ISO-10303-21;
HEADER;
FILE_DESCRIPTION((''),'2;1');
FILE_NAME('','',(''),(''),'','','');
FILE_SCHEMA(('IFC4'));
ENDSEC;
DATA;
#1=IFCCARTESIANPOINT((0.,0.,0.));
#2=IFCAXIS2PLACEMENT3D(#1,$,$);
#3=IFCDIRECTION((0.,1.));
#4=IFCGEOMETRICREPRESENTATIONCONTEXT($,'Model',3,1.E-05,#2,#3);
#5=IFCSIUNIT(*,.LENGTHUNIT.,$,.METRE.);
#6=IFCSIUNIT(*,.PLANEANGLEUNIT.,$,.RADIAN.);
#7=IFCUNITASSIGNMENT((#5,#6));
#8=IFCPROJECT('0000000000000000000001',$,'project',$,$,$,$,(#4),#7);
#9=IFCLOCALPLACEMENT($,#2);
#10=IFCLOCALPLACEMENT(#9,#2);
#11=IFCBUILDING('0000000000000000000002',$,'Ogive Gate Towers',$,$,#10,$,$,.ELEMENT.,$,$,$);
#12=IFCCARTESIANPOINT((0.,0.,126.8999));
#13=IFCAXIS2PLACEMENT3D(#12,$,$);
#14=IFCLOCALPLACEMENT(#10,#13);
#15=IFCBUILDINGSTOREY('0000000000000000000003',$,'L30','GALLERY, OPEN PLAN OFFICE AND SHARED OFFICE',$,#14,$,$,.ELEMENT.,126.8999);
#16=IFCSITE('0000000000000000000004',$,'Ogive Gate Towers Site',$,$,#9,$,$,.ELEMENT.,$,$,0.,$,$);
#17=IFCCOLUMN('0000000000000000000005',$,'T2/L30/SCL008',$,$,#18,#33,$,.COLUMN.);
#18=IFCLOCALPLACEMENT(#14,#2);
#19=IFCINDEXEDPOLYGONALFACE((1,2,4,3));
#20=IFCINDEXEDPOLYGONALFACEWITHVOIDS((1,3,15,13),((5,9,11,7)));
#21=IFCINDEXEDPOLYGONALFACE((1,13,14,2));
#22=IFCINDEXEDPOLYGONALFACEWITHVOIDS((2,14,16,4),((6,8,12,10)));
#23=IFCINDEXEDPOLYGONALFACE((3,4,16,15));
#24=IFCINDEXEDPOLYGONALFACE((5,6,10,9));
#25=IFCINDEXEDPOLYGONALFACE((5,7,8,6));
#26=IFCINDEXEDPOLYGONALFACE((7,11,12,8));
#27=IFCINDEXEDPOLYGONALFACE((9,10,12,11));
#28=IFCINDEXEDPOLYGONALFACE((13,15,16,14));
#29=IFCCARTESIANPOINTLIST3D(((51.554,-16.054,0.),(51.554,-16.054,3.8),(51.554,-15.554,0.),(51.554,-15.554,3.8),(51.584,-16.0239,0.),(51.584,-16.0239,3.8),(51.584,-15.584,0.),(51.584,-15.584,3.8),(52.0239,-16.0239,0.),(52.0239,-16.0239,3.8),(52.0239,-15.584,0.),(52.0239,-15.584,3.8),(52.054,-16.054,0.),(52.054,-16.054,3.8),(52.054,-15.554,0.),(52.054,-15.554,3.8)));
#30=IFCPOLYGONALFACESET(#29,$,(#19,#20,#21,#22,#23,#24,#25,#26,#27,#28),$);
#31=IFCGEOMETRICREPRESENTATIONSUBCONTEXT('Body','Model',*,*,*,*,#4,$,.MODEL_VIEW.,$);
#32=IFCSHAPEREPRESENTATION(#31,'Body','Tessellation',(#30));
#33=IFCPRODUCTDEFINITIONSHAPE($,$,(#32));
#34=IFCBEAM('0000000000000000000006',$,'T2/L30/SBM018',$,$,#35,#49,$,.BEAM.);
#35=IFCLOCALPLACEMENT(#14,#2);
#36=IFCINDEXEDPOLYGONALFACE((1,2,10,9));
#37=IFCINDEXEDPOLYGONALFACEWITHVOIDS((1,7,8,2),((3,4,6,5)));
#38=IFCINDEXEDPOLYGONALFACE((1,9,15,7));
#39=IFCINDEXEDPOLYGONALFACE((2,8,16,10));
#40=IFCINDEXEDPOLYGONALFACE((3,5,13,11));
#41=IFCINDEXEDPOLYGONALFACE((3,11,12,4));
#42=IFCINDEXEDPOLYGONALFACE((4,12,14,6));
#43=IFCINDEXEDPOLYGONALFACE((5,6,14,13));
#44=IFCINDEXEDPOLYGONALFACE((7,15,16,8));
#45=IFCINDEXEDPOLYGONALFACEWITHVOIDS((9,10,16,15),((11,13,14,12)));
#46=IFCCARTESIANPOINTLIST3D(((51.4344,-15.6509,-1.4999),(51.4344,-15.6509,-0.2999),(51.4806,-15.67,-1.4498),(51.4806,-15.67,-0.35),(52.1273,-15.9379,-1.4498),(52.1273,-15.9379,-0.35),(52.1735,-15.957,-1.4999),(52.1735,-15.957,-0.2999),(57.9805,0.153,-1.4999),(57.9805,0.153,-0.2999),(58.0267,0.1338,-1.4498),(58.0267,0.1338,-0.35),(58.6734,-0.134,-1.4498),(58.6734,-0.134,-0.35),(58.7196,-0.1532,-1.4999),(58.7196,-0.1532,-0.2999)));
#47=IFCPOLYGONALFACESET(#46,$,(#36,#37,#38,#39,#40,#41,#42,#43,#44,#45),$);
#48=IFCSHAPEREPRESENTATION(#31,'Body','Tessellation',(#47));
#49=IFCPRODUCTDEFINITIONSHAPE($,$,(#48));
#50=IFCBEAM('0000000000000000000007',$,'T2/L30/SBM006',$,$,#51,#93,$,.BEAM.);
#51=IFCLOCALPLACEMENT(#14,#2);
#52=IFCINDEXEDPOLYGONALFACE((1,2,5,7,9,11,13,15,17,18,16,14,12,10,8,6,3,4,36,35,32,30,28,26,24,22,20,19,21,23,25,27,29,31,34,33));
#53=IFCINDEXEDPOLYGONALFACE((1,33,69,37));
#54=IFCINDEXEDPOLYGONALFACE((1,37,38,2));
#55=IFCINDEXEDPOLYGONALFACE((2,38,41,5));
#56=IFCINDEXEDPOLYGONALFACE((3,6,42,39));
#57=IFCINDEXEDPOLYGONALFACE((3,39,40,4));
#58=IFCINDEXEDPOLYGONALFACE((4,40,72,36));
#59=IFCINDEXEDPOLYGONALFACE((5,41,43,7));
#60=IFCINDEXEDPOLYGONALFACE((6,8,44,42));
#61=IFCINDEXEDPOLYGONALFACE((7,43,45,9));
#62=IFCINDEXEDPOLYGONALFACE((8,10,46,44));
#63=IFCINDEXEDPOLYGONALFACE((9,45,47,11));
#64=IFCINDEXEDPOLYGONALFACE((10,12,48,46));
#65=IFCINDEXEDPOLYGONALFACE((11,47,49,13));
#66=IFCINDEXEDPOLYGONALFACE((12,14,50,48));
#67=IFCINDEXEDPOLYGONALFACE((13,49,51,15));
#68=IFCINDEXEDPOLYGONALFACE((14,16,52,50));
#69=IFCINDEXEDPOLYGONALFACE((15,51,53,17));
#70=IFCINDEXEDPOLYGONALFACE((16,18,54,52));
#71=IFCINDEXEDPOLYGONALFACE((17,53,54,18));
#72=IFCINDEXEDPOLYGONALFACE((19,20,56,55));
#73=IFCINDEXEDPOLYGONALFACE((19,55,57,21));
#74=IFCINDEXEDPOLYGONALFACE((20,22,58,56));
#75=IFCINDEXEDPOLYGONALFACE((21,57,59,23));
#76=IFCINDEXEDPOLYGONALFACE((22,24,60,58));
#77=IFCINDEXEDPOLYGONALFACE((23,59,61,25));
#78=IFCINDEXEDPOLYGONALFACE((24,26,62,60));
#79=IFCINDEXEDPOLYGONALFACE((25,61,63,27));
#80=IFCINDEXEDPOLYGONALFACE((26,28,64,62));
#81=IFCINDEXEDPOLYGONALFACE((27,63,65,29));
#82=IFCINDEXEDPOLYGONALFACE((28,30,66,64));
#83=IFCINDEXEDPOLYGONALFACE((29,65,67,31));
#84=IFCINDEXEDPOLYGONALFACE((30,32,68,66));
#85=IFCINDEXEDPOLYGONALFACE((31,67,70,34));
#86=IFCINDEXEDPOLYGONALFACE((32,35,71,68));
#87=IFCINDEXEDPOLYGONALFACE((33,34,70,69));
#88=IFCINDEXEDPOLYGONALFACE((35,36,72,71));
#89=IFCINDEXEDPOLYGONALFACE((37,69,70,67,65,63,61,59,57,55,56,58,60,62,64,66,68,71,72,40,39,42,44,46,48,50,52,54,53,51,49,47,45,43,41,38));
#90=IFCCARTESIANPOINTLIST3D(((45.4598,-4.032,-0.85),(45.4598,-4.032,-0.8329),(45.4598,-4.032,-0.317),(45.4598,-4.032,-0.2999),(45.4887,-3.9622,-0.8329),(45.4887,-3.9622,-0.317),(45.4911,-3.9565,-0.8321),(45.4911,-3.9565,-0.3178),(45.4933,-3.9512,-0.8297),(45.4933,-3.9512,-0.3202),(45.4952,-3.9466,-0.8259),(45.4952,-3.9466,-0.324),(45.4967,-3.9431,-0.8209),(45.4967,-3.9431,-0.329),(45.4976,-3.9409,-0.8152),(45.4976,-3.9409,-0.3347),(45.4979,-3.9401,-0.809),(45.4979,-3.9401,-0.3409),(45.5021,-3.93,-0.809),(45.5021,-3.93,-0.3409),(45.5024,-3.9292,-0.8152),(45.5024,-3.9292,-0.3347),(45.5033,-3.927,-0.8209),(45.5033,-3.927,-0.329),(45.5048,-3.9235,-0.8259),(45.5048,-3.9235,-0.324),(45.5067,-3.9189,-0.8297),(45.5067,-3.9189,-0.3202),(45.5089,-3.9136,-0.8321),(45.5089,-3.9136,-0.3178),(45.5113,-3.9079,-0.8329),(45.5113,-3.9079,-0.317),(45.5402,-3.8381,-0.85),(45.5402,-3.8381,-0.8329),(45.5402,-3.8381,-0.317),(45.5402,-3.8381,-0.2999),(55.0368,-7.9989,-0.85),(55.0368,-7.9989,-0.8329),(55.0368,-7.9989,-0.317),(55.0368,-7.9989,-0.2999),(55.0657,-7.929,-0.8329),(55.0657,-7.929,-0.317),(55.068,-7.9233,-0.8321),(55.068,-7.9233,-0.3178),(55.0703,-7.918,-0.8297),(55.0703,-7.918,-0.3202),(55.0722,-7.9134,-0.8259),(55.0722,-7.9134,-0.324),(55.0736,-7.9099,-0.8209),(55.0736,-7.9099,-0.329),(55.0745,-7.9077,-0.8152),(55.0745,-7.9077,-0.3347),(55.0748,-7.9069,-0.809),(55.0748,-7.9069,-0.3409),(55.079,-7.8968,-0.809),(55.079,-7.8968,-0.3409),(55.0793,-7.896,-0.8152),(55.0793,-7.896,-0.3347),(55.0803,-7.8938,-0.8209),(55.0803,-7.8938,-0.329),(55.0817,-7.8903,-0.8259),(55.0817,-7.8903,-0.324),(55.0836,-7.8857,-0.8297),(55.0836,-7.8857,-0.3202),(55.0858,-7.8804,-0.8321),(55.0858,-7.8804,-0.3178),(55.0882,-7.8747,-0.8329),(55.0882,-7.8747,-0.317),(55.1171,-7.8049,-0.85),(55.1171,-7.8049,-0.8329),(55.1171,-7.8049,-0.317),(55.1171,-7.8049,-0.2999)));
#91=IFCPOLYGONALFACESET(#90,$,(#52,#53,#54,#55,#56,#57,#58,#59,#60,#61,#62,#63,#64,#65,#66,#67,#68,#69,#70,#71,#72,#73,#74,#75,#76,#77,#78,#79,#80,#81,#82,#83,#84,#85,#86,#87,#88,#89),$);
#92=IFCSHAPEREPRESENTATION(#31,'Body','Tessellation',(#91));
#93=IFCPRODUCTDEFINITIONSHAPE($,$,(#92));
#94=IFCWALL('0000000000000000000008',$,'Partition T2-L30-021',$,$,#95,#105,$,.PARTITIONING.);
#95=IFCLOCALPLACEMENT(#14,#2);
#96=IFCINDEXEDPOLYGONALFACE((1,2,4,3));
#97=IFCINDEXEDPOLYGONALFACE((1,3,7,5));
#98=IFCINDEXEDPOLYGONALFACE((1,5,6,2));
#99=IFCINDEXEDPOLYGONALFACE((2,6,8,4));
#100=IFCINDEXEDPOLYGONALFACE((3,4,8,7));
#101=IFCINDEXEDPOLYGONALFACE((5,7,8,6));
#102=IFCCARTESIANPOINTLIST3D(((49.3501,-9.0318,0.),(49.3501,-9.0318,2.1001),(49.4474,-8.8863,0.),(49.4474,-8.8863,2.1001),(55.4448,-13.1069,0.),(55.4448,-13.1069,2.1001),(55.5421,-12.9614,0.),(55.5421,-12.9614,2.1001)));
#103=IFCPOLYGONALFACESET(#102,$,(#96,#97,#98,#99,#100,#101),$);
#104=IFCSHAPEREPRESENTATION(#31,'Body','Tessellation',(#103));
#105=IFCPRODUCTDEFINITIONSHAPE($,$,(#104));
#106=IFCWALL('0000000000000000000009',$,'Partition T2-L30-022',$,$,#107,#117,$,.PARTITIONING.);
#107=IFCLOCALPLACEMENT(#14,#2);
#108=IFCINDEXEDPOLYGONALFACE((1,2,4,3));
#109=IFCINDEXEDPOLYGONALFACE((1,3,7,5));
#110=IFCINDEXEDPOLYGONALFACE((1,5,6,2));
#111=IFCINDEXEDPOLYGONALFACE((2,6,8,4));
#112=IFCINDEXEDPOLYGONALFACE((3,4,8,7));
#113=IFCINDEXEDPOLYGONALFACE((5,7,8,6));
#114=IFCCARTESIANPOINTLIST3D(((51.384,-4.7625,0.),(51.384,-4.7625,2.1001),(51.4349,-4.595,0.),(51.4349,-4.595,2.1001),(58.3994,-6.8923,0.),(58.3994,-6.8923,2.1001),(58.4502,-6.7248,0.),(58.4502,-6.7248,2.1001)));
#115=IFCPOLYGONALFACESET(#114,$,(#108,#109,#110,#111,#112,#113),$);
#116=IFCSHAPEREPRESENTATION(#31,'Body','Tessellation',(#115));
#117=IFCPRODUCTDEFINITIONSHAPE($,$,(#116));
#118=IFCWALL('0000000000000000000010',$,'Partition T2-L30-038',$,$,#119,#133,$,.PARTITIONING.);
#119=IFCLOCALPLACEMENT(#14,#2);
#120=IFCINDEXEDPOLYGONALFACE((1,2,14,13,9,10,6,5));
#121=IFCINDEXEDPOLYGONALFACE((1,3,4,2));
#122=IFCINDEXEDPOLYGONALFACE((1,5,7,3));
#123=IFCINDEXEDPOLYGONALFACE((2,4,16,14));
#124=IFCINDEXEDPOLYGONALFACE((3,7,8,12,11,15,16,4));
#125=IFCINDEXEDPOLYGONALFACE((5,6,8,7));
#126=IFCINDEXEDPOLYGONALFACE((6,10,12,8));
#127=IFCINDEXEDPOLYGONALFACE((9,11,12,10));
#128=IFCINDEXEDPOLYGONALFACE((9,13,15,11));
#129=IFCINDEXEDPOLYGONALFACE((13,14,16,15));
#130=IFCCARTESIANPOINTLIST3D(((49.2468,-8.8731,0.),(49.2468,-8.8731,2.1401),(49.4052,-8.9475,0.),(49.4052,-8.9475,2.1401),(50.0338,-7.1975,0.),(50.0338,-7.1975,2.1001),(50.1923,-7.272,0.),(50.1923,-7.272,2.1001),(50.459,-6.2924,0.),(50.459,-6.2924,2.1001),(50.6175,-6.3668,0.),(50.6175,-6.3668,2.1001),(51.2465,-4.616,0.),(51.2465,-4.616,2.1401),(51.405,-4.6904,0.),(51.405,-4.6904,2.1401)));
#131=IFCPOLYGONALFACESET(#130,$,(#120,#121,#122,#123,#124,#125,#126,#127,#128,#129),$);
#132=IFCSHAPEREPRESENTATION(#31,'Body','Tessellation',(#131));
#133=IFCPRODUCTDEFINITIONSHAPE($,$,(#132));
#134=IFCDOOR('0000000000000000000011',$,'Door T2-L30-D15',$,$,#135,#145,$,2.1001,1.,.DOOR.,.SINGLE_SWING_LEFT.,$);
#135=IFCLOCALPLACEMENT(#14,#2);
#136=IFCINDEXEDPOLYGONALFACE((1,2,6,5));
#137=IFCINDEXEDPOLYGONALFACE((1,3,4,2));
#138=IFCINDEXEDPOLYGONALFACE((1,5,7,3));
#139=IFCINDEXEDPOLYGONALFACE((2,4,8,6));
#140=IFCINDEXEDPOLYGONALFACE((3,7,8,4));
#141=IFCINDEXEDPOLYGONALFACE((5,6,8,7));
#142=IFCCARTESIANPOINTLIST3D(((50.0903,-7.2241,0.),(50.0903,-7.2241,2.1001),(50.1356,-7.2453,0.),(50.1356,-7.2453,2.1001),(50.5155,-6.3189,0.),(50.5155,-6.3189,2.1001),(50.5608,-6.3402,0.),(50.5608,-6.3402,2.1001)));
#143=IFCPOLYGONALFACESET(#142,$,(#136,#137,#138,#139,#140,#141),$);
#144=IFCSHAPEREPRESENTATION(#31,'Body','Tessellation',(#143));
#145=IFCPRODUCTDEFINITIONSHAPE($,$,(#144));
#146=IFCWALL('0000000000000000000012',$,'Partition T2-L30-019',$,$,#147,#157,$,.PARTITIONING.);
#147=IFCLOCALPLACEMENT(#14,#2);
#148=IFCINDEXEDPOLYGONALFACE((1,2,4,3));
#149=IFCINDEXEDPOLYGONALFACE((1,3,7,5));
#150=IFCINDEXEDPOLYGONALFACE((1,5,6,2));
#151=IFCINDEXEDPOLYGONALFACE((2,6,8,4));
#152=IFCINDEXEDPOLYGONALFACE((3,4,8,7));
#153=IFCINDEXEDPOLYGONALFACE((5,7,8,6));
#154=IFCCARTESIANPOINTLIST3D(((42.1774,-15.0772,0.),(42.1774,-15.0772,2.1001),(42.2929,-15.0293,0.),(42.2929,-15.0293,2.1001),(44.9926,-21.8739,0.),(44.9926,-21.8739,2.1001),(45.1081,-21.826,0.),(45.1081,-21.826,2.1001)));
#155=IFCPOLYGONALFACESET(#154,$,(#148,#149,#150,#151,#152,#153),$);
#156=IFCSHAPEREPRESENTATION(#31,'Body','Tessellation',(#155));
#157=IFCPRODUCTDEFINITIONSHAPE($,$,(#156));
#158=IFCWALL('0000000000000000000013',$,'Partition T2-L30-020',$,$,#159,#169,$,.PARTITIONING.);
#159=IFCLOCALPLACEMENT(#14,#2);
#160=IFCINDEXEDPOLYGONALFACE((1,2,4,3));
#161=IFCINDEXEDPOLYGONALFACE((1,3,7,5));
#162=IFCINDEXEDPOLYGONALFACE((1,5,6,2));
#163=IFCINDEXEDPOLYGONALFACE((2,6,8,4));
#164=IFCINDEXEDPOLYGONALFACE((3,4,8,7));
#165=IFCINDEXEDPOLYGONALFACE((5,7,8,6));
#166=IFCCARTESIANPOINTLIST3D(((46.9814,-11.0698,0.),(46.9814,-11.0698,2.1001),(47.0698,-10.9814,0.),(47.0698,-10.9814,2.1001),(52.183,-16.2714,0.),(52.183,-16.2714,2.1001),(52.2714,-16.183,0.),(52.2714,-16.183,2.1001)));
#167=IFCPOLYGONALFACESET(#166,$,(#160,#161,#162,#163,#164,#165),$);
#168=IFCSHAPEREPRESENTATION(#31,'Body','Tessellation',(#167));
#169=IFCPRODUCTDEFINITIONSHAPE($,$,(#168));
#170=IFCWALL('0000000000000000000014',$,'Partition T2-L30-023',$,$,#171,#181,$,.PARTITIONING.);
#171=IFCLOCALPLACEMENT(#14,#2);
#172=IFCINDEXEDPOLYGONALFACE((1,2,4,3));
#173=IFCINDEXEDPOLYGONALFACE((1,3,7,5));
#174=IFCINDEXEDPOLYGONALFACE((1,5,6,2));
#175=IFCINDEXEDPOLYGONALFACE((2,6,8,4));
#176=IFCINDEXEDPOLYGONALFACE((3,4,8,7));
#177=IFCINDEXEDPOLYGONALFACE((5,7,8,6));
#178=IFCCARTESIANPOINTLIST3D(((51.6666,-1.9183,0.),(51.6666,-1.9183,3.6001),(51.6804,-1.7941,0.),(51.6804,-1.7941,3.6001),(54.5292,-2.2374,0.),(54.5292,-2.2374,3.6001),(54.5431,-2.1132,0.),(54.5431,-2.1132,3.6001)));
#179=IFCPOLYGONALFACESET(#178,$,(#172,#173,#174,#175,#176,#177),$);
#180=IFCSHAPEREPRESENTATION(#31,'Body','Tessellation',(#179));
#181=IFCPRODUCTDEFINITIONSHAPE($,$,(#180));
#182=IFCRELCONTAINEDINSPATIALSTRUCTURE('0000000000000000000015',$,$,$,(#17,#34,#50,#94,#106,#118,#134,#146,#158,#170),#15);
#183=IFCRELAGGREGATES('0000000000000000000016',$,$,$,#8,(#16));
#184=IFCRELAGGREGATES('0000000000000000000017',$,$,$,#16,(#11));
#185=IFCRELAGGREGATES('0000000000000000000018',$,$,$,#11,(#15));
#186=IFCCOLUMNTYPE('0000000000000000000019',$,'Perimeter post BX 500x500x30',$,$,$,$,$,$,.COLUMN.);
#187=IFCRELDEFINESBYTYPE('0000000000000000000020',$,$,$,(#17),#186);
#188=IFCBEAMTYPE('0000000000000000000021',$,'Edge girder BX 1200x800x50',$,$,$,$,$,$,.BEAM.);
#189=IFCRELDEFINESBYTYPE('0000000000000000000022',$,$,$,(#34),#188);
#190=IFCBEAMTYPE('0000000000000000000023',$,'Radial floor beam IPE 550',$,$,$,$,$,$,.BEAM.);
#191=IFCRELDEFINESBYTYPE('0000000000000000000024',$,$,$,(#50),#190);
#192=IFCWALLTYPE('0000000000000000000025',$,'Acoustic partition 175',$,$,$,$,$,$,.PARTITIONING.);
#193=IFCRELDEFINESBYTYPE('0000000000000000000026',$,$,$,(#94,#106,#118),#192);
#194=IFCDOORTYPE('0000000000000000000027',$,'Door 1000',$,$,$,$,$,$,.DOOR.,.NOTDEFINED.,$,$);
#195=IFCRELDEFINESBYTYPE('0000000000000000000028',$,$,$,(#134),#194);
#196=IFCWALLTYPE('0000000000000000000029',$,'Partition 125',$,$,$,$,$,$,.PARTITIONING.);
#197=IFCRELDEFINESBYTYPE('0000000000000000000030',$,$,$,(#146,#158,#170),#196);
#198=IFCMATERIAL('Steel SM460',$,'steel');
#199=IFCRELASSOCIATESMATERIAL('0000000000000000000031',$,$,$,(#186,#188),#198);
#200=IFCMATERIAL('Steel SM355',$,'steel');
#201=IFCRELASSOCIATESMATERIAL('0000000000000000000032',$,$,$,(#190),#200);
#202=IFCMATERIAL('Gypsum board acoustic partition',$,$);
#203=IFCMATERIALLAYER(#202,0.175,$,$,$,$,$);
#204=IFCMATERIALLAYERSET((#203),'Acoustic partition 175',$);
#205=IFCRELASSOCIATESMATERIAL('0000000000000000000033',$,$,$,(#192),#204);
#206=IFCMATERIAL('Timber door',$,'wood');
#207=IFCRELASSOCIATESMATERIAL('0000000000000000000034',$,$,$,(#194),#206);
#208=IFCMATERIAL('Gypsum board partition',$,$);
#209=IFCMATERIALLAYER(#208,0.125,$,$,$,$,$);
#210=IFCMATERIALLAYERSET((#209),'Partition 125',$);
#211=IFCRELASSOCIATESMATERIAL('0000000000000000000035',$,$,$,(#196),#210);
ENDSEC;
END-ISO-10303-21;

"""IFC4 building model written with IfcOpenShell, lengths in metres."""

from ifc_helpers import new_model, si_unit, direction, frame, frame_2d, origin, origin_2d, place, context, subcontext, project, spatial, rectangle, hollow_rectangle, i_section, extrude, material, layer, layer_set, material_profile, profile_set, type_object, element, fill, save


model = new_model("IFC4")

# Units and contexts
model_context = context("Model", 3, precision=1e-05, world=origin(), true_north=direction((0.0, 1.0)))
body_context = subcontext(model_context, "Body", "Model", "MODEL_VIEW")
ifc_project = project(units=[si_unit("LENGTHUNIT", "METRE"), si_unit("PLANEANGLEUNIT", "RADIAN")], contexts=[model_context])

# Site, building, storey
site_placement = place(None, origin())
site = spatial("IfcSite", under=ifc_project, at=site_placement, Name="Ogive Gate Towers Site", CompositionType="ELEMENT", RefElevation=0.0)
building_placement = place(site_placement, origin())
building = spatial("IfcBuilding", under=site, at=building_placement, Name="Ogive Gate Towers", CompositionType="ELEMENT")
storey_placement = place(building_placement, frame((0.0, 0.0, 126.8999)))
storey = spatial("IfcBuildingStorey", under=building, at=storey_placement, Name="L30", Description="GALLERY, OPEN PLAN OFFICE AND SHARED OFFICE", CompositionType="ELEMENT", Elevation=126.8999)

# Column
ifc_material_1 = material(Name="Steel SM460", Category="steel")
ifc_material_profile_1 = material_profile(ifc_material_1, hollow_rectangle(XDim=0.5, YDim=0.5, WallThickness=0.03, at=origin_2d()), Name="BX 500x500x30")
ifc_profile_set_1 = profile_set([ifc_material_profile_1], Name="Steel SM460")
column_type = type_object("IfcColumnType", Name="Perimeter post BX 500x500x30", PredefinedType="COLUMN", material=ifc_profile_set_1)
column_placement = place(storey_placement, frame((51.804, -15.804, 0.0), z_axis=(0.0, 0.0, 1.0), x_axis=(1.0, 0.0, 0.0)))
element("IfcColumn", 1, at=column_placement, inside=storey, type_object=column_type, Name="T2/L30/SCL008", PredefinedType="COLUMN", context=body_context, shape_type="SweptSolid", body=[
    extrude(hollow_rectangle(XDim=0.5, YDim=0.5, WallThickness=0.03, at=origin_2d()), origin(), (0.0, 0.0, 1.0), 3.8),
])

# Beams
ifc_material_profile_2 = material_profile(ifc_material_1, hollow_rectangle(XDim=0.8, YDim=1.2, WallThickness=0.05, at=origin_2d()), Name="BX 1200x800x50")
ifc_profile_set_2 = profile_set([ifc_material_profile_2], Name="Steel SM460")
beam_type_1 = type_object("IfcBeamType", Name="Edge girder BX 1200x800x50", PredefinedType="BEAM", material=ifc_profile_set_2)
beam_1_placement = place(storey_placement, frame((51.804, -15.804, -0.8999), z_axis=(0.38268, 0.923881, 0.0), x_axis=(-0.923881, 0.38268, 0.0)))
element("IfcBeam", 2, at=beam_1_placement, inside=storey, type_object=beam_type_1, Name="T2/L30/SBM018", PredefinedType="BEAM", context=body_context, shape_type="SweptSolid", body=[
    extrude(hollow_rectangle(XDim=0.8, YDim=1.2, WallThickness=0.05, at=origin_2d()), origin(), (0.0, 0.0, 1.0), 17.106),
])
ifc_material_2 = material(Name="Steel SM355", Category="steel")
ifc_material_profile_3 = material_profile(ifc_material_2, i_section(OverallWidth=0.21, OverallDepth=0.55, WebThickness=0.011, FlangeThickness=0.0171, FilletRadius=0.0239, at=origin_2d()), Name="IPE 550")
ifc_profile_set_3 = profile_set([ifc_material_profile_3], Name="Steel SM355")
beam_type_2 = type_object("IfcBeamType", Name="Radial floor beam IPE 550", PredefinedType="BEAM", material=ifc_profile_set_3)
beam_2_placement = place(storey_placement, frame((45.5, -3.9351, -0.575), z_axis=(0.923882, -0.382676, 0.0), x_axis=(0.382676, 0.923882, 0.0)))
element("IfcBeam", 3, at=beam_2_placement, inside=storey, type_object=beam_type_2, Name="T2/L30/SBM006", PredefinedType="BEAM", context=body_context, shape_type="SweptSolid", body=[
    extrude(i_section(OverallWidth=0.21, OverallDepth=0.55, WebThickness=0.011, FlangeThickness=0.0171, FilletRadius=0.0239, at=origin_2d()), origin(), (0.0, 0.0, 1.0), 10.366),
])

# Walls
ifc_material_3 = material(Name="Gypsum board acoustic partition")
ifc_layer_1 = layer(ifc_material_3, 0.175)
ifc_layer_set_1 = layer_set([ifc_layer_1], Name="Acoustic partition 175")
wall_type_1 = type_object("IfcWallType", Name="Acoustic partition 175", PredefinedType="PARTITIONING", material=ifc_layer_set_1)
for number, where, z_axis, x_axis, name in (
    (4, (55.4934, -13.0342, 0.0), (0.0, 0.0, 1.0), (-0.831291, 0.555837, 0.0), "Partition T2-L30-021"),
    (5, (58.4248, -6.8086, 0.0), (0.0, 0.0, 1.0), (-0.956872, 0.290508, 0.0), "Partition T2-L30-022"),
):
    element("IfcWall", number, at=place(storey_placement, frame(where, z_axis=z_axis, x_axis=x_axis)), inside=storey, type_object=wall_type_1, Name=name, PredefinedType="PARTITIONING", context=body_context, shape_type="SweptSolid", body=[
        extrude(rectangle(XDim=7.3315, YDim=0.175, at=frame_2d((3.6658, 0.0))), origin(), (0.0, 0.0, 1.0), 2.1001),
    ])

# Wall, opening, door
wall_1_placement = place(storey_placement, frame((51.3257, -4.6533, 0.0), z_axis=(0.0, 0.0, 1.0), x_axis=(-0.425174, -0.905111, 0.0)))
wall_1 = element("IfcWall", 6, at=wall_1_placement, inside=storey, type_object=wall_type_1, Name="Partition T2-L30-038", PredefinedType="PARTITIONING", context=body_context, shape_type="SweptSolid", body=[
    extrude(rectangle(XDim=4.7034, YDim=0.175, at=frame_2d((2.3516, 0.0))), origin(), (0.0, 0.0, 1.0), 2.1401),
])
opening_1_placement = place(wall_1_placement, frame((1.8521, 0.0, 0.0)))
opening_1 = element("IfcOpeningElement", 7, at=opening_1_placement, cuts=wall_1, PredefinedType="OPENING", context=body_context, shape_type="SweptSolid", body=[
    extrude(rectangle(XDim=1.0, YDim=2.1001, at=frame_2d((0.5, 1.05))), frame((0.0, 0.0977, 0.0), z_axis=(0.0, -1.0, 0.0), x_axis=(1.0, 0.0, 0.0)), (0.0, 0.0, 1.0), 0.1951),
])
ifc_material_4 = material(Name="Timber door", Category="wood")
door_type_1 = type_object("IfcDoorType", Name="Door 1000", OperationType="NOTDEFINED", PredefinedType="DOOR", material=ifc_material_4)
door_1_placement = place(opening_1_placement, origin())
door_1 = element("IfcDoor", 8, at=door_1_placement, inside=storey, type_object=door_type_1, Name="Door T2-L30-D15", OperationType="SINGLE_SWING_LEFT", OverallHeight=2.1001, OverallWidth=1.0, PredefinedType="DOOR", context=body_context, shape_type="SweptSolid", body=[
    extrude(rectangle(XDim=1.0, YDim=2.1001, at=frame_2d((0.5, 1.05))), frame((0.0, 0.0249, 0.0), z_axis=(0.0, -1.0, 0.0), x_axis=(1.0, 0.0, 0.0)), (0.0, 0.0, 1.0), 0.05),
])
fill(opening_1, door_1)

# Walls
ifc_material_5 = material(Name="Gypsum board partition")
ifc_layer_2 = layer(ifc_material_5, 0.125)
ifc_layer_set_2 = layer_set([ifc_layer_2], Name="Partition 125")
wall_type_2 = type_object("IfcWallType", Name="Partition 125", PredefinedType="PARTITIONING", material=ifc_layer_set_2)
wall_2_placement = place(storey_placement, frame((45.0503, -21.8499, 0.0), z_axis=(0.0, 0.0, 1.0), x_axis=(-0.382675, 0.923883, 0.0)))
element("IfcWall", 9, at=wall_2_placement, inside=storey, type_object=wall_type_2, Name="Partition T2-L30-019", PredefinedType="PARTITIONING", context=body_context, shape_type="SweptSolid", body=[
    extrude(rectangle(XDim=7.3567, YDim=0.125, at=frame_2d((3.6782, 0.0))), origin(), (0.0, 0.0, 1.0), 2.1001),
])
wall_3_placement = place(storey_placement, frame((52.2273, -16.2273, 0.0), z_axis=(0.0, 0.0, 1.0), x_axis=(-0.707107, 0.707107, 0.0)))
element("IfcWall", 10, at=wall_3_placement, inside=storey, type_object=wall_type_2, Name="Partition T2-L30-020", PredefinedType="PARTITIONING", context=body_context, shape_type="SweptSolid", body=[
    extrude(rectangle(XDim=7.3562, YDim=0.125, at=frame_2d((3.6782, 0.0))), origin(), (0.0, 0.0, 1.0), 2.1001),
])
wall_4_placement = place(storey_placement, frame((54.5361, -2.1753, 0.0), z_axis=(0.0, 0.0, 1.0), x_axis=(-0.993844, 0.110785, 0.0)))
element("IfcWall", 11, at=wall_4_placement, inside=storey, type_object=wall_type_2, Name="Partition T2-L30-023", PredefinedType="PARTITIONING", context=body_context, shape_type="SweptSolid", body=[
    extrude(rectangle(XDim=2.8804, YDim=0.125, at=frame_2d((1.4402, 0.0))), origin(), (0.0, 0.0, 1.0), 3.6001),
])

save(model, "model.ifc")
